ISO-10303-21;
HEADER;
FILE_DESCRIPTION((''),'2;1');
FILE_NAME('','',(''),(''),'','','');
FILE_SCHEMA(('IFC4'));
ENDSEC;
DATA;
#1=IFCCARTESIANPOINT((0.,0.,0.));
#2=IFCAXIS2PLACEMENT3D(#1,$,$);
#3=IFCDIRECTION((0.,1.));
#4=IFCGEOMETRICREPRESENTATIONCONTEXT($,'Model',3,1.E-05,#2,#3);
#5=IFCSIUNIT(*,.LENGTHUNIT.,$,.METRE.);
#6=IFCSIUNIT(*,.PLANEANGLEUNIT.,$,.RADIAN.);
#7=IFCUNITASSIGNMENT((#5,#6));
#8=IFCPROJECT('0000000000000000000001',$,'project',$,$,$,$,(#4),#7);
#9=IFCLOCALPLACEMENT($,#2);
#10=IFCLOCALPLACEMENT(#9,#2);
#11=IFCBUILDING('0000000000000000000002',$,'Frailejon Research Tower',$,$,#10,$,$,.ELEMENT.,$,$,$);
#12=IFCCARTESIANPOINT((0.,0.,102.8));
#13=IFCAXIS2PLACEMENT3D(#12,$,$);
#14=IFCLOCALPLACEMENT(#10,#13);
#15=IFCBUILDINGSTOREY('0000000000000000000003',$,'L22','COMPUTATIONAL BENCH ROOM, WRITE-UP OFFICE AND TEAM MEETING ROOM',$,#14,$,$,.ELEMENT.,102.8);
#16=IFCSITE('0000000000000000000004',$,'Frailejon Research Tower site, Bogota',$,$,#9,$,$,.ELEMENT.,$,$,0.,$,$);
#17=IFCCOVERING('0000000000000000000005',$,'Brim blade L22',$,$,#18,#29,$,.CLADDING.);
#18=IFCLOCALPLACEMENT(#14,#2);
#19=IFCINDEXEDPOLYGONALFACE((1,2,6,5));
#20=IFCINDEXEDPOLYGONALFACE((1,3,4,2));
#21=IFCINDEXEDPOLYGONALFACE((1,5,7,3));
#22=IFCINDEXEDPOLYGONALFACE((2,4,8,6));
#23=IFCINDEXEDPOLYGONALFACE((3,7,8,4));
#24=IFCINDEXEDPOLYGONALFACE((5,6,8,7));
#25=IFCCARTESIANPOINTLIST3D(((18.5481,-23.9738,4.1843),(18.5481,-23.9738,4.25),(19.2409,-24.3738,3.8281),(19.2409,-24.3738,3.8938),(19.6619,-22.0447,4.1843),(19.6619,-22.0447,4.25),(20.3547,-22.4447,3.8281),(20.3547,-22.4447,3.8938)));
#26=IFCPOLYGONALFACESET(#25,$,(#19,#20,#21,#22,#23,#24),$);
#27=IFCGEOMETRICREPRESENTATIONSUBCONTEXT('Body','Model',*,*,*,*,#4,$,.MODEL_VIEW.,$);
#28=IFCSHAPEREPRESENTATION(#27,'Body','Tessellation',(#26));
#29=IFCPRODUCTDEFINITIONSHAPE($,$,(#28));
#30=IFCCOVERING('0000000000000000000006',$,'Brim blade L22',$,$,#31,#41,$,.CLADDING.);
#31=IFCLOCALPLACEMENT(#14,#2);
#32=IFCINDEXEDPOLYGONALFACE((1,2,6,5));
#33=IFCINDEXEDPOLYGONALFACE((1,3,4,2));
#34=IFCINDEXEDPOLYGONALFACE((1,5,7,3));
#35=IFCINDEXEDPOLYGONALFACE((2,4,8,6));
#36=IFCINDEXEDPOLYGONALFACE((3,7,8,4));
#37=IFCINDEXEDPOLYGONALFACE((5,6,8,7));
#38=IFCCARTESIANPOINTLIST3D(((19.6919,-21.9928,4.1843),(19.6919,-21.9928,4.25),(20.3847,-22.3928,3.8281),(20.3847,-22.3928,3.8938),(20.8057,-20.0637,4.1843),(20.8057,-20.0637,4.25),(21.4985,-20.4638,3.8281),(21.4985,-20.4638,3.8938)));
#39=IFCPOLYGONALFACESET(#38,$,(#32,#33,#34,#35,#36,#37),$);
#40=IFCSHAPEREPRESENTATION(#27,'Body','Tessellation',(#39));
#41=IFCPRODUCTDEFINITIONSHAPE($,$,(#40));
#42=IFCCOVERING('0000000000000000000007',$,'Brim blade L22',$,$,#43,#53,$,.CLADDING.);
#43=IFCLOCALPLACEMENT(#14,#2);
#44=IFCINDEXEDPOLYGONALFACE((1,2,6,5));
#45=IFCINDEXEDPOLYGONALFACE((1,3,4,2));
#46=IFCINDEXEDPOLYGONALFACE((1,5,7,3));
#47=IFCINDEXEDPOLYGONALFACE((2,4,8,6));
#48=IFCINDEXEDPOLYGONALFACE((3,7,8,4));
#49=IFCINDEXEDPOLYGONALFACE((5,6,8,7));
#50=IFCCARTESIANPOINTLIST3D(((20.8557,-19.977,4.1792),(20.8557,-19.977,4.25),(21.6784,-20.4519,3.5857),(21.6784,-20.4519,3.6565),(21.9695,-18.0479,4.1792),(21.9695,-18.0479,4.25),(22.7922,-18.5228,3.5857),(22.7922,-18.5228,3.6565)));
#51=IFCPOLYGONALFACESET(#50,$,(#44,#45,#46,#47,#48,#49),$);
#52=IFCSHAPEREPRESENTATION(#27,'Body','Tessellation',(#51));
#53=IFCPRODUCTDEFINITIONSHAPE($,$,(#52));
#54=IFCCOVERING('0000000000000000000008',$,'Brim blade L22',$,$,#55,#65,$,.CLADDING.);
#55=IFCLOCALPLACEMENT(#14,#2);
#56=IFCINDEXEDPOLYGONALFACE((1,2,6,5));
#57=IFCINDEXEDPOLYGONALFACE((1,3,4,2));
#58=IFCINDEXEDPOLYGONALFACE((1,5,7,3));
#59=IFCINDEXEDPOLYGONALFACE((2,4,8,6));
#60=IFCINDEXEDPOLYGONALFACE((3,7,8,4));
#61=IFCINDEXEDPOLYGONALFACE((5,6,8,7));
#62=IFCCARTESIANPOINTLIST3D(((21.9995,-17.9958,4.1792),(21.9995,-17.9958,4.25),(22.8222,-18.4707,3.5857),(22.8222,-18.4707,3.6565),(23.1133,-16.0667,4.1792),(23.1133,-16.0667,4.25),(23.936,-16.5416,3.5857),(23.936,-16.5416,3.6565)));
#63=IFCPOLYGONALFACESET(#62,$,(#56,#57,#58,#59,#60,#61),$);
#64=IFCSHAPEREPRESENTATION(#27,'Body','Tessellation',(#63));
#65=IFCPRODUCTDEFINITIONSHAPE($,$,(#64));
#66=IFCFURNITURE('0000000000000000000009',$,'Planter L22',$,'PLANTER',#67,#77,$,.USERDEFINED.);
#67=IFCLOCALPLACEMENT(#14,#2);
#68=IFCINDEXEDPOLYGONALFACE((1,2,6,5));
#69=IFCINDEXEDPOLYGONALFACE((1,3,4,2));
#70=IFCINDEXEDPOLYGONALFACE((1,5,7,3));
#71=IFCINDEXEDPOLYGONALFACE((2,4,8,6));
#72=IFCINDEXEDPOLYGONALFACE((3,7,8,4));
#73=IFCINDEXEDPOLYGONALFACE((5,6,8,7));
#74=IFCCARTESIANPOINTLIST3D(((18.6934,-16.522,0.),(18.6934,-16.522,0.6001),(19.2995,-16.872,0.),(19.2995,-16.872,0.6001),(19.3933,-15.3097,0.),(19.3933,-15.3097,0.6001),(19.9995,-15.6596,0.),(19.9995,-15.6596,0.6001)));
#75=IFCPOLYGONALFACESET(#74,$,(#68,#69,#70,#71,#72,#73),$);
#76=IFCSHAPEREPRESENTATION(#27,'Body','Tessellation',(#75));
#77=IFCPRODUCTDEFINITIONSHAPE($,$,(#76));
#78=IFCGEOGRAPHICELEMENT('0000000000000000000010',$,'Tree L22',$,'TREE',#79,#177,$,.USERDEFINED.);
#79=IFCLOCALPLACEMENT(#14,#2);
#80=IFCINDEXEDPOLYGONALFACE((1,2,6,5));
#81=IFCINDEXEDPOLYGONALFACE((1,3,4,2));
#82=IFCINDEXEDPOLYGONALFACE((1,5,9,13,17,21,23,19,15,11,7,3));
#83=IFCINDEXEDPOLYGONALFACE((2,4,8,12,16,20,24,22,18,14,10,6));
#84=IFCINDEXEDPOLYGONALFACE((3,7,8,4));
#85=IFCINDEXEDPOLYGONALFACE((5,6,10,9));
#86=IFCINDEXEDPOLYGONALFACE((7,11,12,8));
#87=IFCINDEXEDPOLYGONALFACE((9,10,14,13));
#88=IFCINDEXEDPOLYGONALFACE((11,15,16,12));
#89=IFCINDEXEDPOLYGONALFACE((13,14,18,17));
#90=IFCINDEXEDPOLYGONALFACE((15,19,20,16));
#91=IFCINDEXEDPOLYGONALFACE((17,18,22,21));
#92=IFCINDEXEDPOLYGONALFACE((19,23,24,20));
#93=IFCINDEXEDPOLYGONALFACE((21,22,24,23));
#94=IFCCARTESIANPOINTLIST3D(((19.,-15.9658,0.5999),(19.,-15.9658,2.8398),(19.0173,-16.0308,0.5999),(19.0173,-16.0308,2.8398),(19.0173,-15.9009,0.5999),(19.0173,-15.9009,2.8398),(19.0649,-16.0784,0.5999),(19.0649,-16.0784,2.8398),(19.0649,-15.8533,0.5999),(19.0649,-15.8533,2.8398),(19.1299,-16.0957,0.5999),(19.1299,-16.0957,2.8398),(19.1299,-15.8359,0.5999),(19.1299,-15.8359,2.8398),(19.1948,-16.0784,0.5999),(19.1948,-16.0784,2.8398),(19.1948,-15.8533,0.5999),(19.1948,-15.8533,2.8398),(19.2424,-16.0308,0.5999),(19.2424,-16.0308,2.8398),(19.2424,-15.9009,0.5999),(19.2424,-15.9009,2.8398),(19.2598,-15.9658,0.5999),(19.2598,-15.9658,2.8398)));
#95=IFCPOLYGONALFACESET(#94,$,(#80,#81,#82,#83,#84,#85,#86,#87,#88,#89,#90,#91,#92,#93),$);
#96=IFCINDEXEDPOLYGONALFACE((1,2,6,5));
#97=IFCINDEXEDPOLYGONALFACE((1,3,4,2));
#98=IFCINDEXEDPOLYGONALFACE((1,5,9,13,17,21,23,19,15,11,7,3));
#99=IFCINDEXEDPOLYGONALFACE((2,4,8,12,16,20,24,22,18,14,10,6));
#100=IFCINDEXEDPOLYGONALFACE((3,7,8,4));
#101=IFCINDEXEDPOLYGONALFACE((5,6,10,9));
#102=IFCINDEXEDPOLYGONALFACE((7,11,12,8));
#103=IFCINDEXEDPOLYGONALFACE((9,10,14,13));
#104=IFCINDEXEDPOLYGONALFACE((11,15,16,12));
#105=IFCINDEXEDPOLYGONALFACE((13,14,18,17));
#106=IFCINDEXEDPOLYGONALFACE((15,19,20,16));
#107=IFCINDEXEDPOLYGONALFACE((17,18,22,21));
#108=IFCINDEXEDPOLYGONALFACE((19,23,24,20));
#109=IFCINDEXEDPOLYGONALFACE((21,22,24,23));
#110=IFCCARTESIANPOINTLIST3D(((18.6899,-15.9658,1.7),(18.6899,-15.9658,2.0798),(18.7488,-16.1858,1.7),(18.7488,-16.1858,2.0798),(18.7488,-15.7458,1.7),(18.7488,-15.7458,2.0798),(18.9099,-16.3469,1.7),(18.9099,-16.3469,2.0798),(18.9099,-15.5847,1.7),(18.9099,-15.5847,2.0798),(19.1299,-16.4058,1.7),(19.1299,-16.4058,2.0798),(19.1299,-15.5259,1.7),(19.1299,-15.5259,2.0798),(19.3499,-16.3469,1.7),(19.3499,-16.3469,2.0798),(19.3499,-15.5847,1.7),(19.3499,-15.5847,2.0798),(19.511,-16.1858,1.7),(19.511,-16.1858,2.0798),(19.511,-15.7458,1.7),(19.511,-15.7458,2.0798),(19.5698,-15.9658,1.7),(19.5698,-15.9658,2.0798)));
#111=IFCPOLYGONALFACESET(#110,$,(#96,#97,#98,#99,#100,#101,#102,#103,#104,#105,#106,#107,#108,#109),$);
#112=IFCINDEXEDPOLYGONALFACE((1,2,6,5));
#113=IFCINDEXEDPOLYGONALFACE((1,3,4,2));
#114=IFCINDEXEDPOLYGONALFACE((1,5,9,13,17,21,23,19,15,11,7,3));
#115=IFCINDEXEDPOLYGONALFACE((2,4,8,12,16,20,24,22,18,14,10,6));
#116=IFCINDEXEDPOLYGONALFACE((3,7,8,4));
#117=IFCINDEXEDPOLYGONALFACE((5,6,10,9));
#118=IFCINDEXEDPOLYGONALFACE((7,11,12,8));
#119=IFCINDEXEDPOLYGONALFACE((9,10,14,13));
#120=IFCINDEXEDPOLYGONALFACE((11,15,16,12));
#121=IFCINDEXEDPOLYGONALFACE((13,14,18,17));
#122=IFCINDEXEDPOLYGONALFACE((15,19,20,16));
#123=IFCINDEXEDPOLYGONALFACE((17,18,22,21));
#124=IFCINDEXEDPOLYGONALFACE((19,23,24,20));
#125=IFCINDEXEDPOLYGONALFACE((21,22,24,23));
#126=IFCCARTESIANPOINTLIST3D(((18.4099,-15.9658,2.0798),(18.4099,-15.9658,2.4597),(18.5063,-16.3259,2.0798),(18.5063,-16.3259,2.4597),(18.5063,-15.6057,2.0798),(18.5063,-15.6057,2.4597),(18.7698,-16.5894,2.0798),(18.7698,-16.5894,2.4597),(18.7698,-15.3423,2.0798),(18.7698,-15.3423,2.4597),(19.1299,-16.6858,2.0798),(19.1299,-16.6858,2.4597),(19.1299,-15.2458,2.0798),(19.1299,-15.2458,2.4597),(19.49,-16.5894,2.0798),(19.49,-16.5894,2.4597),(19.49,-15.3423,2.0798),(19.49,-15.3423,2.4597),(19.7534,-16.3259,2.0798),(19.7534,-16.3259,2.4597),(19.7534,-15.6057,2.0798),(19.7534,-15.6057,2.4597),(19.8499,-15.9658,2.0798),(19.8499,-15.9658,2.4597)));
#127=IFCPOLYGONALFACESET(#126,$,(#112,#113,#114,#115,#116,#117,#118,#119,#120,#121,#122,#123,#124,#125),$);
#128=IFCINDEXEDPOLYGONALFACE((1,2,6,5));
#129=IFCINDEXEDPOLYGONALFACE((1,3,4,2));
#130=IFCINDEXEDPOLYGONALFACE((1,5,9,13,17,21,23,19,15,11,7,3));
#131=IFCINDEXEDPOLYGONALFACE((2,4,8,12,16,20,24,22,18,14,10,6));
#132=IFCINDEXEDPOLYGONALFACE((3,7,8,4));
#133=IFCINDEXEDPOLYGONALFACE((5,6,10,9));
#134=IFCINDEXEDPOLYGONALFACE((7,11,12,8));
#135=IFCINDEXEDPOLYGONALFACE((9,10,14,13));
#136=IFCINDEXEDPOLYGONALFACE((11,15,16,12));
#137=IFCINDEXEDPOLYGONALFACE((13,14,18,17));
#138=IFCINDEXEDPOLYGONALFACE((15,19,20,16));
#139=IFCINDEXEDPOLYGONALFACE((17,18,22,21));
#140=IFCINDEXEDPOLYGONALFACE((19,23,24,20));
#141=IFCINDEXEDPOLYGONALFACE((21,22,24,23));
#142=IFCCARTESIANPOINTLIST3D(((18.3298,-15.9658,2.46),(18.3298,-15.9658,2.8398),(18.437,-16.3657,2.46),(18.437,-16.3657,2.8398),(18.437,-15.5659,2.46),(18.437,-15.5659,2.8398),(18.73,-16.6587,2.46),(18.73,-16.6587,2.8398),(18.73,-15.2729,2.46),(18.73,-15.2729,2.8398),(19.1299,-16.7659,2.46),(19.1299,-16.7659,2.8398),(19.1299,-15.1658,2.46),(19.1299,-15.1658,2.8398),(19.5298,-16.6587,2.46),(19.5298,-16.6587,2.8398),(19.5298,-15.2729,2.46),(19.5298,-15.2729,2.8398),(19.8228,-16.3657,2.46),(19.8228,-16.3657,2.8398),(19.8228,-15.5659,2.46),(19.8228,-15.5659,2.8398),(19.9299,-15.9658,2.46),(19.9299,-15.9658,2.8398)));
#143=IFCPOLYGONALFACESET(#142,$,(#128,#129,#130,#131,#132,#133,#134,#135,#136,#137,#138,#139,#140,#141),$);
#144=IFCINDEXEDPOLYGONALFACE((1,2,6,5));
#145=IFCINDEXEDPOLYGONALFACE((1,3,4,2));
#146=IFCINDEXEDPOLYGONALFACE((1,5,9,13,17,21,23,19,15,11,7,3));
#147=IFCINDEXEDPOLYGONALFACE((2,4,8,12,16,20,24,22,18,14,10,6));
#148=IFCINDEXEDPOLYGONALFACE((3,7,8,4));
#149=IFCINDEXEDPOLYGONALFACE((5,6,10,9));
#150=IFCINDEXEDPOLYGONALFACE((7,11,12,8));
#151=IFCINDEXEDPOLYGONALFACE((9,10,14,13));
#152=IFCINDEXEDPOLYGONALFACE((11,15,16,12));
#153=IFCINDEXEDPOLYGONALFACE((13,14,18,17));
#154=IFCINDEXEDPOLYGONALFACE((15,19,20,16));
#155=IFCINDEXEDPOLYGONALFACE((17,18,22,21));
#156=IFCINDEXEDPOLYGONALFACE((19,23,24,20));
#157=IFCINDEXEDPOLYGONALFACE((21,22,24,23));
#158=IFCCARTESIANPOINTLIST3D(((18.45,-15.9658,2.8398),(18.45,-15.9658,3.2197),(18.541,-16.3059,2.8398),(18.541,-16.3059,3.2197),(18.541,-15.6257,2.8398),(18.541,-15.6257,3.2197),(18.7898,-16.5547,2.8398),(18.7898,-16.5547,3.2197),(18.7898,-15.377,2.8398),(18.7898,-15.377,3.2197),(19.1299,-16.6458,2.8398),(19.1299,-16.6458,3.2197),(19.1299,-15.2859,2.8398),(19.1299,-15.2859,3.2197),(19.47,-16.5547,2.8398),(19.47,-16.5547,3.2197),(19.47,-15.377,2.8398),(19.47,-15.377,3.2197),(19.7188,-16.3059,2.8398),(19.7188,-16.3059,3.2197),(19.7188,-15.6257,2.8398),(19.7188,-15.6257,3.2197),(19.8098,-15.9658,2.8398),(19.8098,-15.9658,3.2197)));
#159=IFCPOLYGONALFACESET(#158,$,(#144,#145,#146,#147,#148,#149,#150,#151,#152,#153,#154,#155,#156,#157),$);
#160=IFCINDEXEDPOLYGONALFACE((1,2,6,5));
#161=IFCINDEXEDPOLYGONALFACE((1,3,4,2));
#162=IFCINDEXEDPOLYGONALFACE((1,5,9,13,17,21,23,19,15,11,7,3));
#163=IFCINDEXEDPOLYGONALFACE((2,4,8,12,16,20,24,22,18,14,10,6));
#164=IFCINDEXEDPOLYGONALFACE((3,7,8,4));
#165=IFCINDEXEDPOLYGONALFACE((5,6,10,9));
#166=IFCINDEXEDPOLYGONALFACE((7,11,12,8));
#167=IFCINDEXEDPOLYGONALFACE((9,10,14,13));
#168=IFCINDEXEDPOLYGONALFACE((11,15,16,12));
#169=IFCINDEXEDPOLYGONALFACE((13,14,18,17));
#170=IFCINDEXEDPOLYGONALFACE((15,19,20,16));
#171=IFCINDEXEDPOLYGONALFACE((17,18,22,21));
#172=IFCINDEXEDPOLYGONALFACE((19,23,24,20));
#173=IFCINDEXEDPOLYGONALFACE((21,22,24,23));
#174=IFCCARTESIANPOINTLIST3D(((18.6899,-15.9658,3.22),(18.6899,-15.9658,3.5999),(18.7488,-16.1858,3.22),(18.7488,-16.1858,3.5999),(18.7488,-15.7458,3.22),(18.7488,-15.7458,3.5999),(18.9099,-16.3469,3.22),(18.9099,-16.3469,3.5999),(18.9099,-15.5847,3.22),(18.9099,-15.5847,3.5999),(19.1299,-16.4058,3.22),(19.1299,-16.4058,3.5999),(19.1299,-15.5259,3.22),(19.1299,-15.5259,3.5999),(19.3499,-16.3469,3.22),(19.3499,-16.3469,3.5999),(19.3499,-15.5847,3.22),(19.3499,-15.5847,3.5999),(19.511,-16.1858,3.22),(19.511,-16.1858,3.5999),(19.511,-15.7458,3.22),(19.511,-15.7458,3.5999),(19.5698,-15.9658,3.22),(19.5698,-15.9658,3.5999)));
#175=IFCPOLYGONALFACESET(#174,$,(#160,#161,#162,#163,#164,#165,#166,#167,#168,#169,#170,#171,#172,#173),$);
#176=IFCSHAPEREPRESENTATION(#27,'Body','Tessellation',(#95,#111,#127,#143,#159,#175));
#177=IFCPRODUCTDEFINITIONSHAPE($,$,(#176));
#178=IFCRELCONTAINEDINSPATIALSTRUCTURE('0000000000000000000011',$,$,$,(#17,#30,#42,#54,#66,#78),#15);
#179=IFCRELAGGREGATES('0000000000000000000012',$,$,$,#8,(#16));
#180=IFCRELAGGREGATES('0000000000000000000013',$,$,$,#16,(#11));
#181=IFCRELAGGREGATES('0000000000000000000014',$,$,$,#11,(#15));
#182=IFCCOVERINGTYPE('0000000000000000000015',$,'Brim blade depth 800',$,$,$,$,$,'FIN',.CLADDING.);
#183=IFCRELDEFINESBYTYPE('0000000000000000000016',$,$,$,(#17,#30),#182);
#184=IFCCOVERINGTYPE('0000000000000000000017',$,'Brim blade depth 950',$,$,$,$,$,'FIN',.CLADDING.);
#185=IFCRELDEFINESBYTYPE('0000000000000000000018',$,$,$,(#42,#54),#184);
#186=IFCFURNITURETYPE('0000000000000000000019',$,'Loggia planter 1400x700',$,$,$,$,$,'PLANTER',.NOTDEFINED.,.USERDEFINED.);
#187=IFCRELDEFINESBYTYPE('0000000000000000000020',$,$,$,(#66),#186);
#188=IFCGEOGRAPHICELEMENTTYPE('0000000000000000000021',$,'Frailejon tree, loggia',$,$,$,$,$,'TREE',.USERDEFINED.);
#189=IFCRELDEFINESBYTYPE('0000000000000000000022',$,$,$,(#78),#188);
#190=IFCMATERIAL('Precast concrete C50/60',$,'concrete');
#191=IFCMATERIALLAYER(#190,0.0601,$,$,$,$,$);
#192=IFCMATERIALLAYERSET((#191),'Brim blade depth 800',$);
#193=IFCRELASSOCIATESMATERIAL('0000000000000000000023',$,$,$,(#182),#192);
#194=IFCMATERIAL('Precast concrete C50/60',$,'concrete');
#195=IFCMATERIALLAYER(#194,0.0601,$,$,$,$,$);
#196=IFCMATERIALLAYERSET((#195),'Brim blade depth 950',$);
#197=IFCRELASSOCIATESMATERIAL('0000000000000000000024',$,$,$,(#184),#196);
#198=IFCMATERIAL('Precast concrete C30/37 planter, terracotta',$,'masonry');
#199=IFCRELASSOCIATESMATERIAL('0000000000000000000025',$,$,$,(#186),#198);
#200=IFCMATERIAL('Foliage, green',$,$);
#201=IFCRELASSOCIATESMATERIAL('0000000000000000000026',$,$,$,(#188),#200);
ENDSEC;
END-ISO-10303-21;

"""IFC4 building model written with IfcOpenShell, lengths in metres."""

from ifc_helpers import new_model, si_unit, direction, frame, origin, origin_2d, place, context, subcontext, project, spatial, polyline, rectangle, outline, extrude, material, layer, layer_set, type_object, element, save


model = new_model("IFC4")

# Units and contexts
model_context = context("Model", 3, precision=1e-05, world=origin(), true_north=direction((0.0, 1.0)))
body_context = subcontext(model_context, "Body", "Model", "MODEL_VIEW")
ifc_project = project(units=[si_unit("LENGTHUNIT", "METRE"), si_unit("PLANEANGLEUNIT", "RADIAN")], contexts=[model_context])

# Site, building, storey
site_placement = place(None, origin())
site = spatial("IfcSite", under=ifc_project, at=site_placement, Name="Frailejon Research Tower site, Bogota", CompositionType="ELEMENT", RefElevation=0.0)
building_placement = place(site_placement, origin())
building = spatial("IfcBuilding", under=site, at=building_placement, Name="Frailejon Research Tower", CompositionType="ELEMENT")
storey_placement = place(building_placement, frame((0.0, 0.0, 102.8)))
storey = spatial("IfcBuildingStorey", under=building, at=storey_placement, Name="L22", Description="COMPUTATIONAL BENCH ROOM, WRITE-UP OFFICE AND TEAM MEETING ROOM", CompositionType="ELEMENT", Elevation=102.8)

# Coverings
ifc_material_1 = material(Name="Precast concrete C50/60", Category="concrete")
ifc_layer_1 = layer(ifc_material_1, 0.0601)
ifc_layer_set_1 = layer_set([ifc_layer_1], Name="Brim blade depth 800")
covering_type_1 = type_object("IfcCoveringType", Name="Brim blade depth 800", ElementType="FIN", PredefinedType="CLADDING", material=ifc_layer_set_1)
for number, where, z_axis, x_axis, name in (
    (1, (19.6619, -22.0447, 4.25), (-0.500008, -0.866021, 0.0), (0.866021, -0.500008, 0.0), "Brim blade L22"),
    (2, (20.8057, -20.0637, 4.25), (-0.500008, -0.866021, 0.0), (0.866021, -0.500008, 0.0), "Brim blade L22"),
):
    element("IfcCovering", number, at=place(storey_placement, frame(where, z_axis=z_axis, x_axis=x_axis)), inside=storey, type_object=covering_type_1, Name=name, PredefinedType="CLADDING", context=body_context, shape_type="SweptSolid", body=[
        extrude(outline(polyline([(0.0, -0.0657), (0.8, -0.4219), (0.8, -0.3562), (0.0, 0.0), (0.0, -0.0657)])), origin(), (0.0, 0.0, 1.0), 2.2275),
    ])
ifc_material_2 = material(Name="Precast concrete C50/60", Category="concrete")
ifc_layer_2 = layer(ifc_material_2, 0.0601)
ifc_layer_set_2 = layer_set([ifc_layer_2], Name="Brim blade depth 950")
covering_type_2 = type_object("IfcCoveringType", Name="Brim blade depth 950", ElementType="FIN", PredefinedType="CLADDING", material=ifc_layer_set_2)
for number, where, z_axis, x_axis, name in (
    (3, (21.9695, -18.0479, 4.25), (-0.499998, -0.866026, 0.0), (0.866026, -0.499998, 0.0), "Brim blade L22"),
    (4, (23.1133, -16.0667, 4.25), (-0.499998, -0.866026, 0.0), (0.866026, -0.499998, 0.0), "Brim blade L22"),
):
    element("IfcCovering", number, at=place(storey_placement, frame(where, z_axis=z_axis, x_axis=x_axis)), inside=storey, type_object=covering_type_2, Name=name, PredefinedType="CLADDING", context=body_context, shape_type="SweptSolid", body=[
        extrude(outline(polyline([(0.0, -0.0708), (0.95, -0.6643), (0.95, -0.5935), (0.0, 0.0), (0.0, -0.0708)])), origin(), (0.0, 0.0, 1.0), 2.2275),
    ])

# Furniture
ifc_material_3 = material(Name="Precast concrete C30/37 planter, terracotta", Category="masonry")
furniture_type = type_object("IfcFurnitureType", Name="Loggia planter 1400x700", ElementType="PLANTER", AssemblyPlace="NOTDEFINED", PredefinedType="USERDEFINED", material=ifc_material_3)
furniture_placement = place(storey_placement, frame((19.3464, -16.0908, 0.0), z_axis=(0.0, 0.0, 1.0), x_axis=(0.5, 0.866025, 0.0)))
element("IfcFurniture", 5, at=furniture_placement, inside=storey, type_object=furniture_type, Name="Planter L22", ObjectType="PLANTER", PredefinedType="USERDEFINED", context=body_context, shape_type="SweptSolid", body=[
    extrude(rectangle(XDim=1.3999, YDim=0.7, at=origin_2d()), origin(), (0.0, 0.0, 1.0), 0.6001),
])

# Geographic element
ifc_material_4 = material(Name="Foliage, green")
geographic_element_type = type_object("IfcGeographicElementType", Name="Frailejon tree, loggia", ElementType="TREE", PredefinedType="USERDEFINED", material=ifc_material_4)
geographic_element_placement = place(storey_placement, frame((19.1299, -15.9658, 0.5999)))
element("IfcGeographicElement", 6, at=geographic_element_placement, inside=storey, type_object=geographic_element_type, Name="Tree L22", ObjectType="TREE", PredefinedType="USERDEFINED", context=body_context, shape_type="SweptSolid", body=[
    extrude(outline(polyline([(0.1299, 0.0), (0.1125, 0.0649), (0.0649, 0.1125), (0.0, 0.1299), (-0.0649, 0.1125), (-0.1125, 0.0649), (-0.1299, 0.0), (-0.1125, -0.0649), (-0.0649, -0.1125), (0.0, -0.1299), (0.0649, -0.1125), (0.1125, -0.0649), (0.1299, 0.0)])), origin(), (0.0, 0.0, 1.0), 2.24),
    extrude(outline(polyline([(0.4399, 0.0), (0.3811, 0.22), (0.22, 0.3811), (0.0, 0.4399), (-0.22, 0.3811), (-0.3811, 0.22), (-0.4399, 0.0), (-0.3811, -0.22), (-0.22, -0.3811), (0.0, -0.4399), (0.22, -0.3811), (0.3811, -0.22), (0.4399, 0.0)])), frame((0.0, 0.0, 1.1001)), (0.0, 0.0, 1.0), 0.3799),
    extrude(outline(polyline([(0.72, 0.0), (0.6235, 0.3601), (0.3601, 0.6235), (0.0, 0.72), (-0.3601, 0.6235), (-0.6235, 0.3601), (-0.72, 0.0), (-0.6235, -0.3601), (-0.3601, -0.6235), (0.0, -0.72), (0.3601, -0.6235), (0.6235, -0.3601), (0.72, 0.0)])), frame((0.0, 0.0, 1.48)), (0.0, 0.0, 1.0), 0.3799),
    extrude(outline(polyline([(0.8, 0.0), (0.6929, 0.3999), (0.3999, 0.6929), (0.0, 0.8), (-0.3999, 0.6929), (-0.6929, 0.3999), (-0.8, 0.0), (-0.6929, -0.3999), (-0.3999, -0.6929), (0.0, -0.8), (0.3999, -0.6929), (0.6929, -0.3999), (0.8, 0.0)])), frame((0.0, 0.0, 1.8601)), (0.0, 0.0, 1.0), 0.3799),
    extrude(outline(polyline([(0.6799, 0.0), (0.5889, 0.3401), (0.3401, 0.5889), (0.0, 0.6799), (-0.3401, 0.5889), (-0.5889, 0.3401), (-0.6799, 0.0), (-0.5889, -0.3401), (-0.3401, -0.5889), (0.0, -0.6799), (0.3401, -0.5889), (0.5889, -0.3401), (0.6799, 0.0)])), frame((0.0, 0.0, 2.24)), (0.0, 0.0, 1.0), 0.3799),
    extrude(outline(polyline([(0.4399, 0.0), (0.3811, 0.22), (0.22, 0.3811), (0.0, 0.4399), (-0.22, 0.3811), (-0.3811, 0.22), (-0.4399, 0.0), (-0.3811, -0.22), (-0.22, -0.3811), (0.0, -0.4399), (0.22, -0.3811), (0.3811, -0.22), (0.4399, 0.0)])), frame((0.0, 0.0, 2.6201)), (0.0, 0.0, 1.0), 0.3799),
])

save(model, "model.ifc")
